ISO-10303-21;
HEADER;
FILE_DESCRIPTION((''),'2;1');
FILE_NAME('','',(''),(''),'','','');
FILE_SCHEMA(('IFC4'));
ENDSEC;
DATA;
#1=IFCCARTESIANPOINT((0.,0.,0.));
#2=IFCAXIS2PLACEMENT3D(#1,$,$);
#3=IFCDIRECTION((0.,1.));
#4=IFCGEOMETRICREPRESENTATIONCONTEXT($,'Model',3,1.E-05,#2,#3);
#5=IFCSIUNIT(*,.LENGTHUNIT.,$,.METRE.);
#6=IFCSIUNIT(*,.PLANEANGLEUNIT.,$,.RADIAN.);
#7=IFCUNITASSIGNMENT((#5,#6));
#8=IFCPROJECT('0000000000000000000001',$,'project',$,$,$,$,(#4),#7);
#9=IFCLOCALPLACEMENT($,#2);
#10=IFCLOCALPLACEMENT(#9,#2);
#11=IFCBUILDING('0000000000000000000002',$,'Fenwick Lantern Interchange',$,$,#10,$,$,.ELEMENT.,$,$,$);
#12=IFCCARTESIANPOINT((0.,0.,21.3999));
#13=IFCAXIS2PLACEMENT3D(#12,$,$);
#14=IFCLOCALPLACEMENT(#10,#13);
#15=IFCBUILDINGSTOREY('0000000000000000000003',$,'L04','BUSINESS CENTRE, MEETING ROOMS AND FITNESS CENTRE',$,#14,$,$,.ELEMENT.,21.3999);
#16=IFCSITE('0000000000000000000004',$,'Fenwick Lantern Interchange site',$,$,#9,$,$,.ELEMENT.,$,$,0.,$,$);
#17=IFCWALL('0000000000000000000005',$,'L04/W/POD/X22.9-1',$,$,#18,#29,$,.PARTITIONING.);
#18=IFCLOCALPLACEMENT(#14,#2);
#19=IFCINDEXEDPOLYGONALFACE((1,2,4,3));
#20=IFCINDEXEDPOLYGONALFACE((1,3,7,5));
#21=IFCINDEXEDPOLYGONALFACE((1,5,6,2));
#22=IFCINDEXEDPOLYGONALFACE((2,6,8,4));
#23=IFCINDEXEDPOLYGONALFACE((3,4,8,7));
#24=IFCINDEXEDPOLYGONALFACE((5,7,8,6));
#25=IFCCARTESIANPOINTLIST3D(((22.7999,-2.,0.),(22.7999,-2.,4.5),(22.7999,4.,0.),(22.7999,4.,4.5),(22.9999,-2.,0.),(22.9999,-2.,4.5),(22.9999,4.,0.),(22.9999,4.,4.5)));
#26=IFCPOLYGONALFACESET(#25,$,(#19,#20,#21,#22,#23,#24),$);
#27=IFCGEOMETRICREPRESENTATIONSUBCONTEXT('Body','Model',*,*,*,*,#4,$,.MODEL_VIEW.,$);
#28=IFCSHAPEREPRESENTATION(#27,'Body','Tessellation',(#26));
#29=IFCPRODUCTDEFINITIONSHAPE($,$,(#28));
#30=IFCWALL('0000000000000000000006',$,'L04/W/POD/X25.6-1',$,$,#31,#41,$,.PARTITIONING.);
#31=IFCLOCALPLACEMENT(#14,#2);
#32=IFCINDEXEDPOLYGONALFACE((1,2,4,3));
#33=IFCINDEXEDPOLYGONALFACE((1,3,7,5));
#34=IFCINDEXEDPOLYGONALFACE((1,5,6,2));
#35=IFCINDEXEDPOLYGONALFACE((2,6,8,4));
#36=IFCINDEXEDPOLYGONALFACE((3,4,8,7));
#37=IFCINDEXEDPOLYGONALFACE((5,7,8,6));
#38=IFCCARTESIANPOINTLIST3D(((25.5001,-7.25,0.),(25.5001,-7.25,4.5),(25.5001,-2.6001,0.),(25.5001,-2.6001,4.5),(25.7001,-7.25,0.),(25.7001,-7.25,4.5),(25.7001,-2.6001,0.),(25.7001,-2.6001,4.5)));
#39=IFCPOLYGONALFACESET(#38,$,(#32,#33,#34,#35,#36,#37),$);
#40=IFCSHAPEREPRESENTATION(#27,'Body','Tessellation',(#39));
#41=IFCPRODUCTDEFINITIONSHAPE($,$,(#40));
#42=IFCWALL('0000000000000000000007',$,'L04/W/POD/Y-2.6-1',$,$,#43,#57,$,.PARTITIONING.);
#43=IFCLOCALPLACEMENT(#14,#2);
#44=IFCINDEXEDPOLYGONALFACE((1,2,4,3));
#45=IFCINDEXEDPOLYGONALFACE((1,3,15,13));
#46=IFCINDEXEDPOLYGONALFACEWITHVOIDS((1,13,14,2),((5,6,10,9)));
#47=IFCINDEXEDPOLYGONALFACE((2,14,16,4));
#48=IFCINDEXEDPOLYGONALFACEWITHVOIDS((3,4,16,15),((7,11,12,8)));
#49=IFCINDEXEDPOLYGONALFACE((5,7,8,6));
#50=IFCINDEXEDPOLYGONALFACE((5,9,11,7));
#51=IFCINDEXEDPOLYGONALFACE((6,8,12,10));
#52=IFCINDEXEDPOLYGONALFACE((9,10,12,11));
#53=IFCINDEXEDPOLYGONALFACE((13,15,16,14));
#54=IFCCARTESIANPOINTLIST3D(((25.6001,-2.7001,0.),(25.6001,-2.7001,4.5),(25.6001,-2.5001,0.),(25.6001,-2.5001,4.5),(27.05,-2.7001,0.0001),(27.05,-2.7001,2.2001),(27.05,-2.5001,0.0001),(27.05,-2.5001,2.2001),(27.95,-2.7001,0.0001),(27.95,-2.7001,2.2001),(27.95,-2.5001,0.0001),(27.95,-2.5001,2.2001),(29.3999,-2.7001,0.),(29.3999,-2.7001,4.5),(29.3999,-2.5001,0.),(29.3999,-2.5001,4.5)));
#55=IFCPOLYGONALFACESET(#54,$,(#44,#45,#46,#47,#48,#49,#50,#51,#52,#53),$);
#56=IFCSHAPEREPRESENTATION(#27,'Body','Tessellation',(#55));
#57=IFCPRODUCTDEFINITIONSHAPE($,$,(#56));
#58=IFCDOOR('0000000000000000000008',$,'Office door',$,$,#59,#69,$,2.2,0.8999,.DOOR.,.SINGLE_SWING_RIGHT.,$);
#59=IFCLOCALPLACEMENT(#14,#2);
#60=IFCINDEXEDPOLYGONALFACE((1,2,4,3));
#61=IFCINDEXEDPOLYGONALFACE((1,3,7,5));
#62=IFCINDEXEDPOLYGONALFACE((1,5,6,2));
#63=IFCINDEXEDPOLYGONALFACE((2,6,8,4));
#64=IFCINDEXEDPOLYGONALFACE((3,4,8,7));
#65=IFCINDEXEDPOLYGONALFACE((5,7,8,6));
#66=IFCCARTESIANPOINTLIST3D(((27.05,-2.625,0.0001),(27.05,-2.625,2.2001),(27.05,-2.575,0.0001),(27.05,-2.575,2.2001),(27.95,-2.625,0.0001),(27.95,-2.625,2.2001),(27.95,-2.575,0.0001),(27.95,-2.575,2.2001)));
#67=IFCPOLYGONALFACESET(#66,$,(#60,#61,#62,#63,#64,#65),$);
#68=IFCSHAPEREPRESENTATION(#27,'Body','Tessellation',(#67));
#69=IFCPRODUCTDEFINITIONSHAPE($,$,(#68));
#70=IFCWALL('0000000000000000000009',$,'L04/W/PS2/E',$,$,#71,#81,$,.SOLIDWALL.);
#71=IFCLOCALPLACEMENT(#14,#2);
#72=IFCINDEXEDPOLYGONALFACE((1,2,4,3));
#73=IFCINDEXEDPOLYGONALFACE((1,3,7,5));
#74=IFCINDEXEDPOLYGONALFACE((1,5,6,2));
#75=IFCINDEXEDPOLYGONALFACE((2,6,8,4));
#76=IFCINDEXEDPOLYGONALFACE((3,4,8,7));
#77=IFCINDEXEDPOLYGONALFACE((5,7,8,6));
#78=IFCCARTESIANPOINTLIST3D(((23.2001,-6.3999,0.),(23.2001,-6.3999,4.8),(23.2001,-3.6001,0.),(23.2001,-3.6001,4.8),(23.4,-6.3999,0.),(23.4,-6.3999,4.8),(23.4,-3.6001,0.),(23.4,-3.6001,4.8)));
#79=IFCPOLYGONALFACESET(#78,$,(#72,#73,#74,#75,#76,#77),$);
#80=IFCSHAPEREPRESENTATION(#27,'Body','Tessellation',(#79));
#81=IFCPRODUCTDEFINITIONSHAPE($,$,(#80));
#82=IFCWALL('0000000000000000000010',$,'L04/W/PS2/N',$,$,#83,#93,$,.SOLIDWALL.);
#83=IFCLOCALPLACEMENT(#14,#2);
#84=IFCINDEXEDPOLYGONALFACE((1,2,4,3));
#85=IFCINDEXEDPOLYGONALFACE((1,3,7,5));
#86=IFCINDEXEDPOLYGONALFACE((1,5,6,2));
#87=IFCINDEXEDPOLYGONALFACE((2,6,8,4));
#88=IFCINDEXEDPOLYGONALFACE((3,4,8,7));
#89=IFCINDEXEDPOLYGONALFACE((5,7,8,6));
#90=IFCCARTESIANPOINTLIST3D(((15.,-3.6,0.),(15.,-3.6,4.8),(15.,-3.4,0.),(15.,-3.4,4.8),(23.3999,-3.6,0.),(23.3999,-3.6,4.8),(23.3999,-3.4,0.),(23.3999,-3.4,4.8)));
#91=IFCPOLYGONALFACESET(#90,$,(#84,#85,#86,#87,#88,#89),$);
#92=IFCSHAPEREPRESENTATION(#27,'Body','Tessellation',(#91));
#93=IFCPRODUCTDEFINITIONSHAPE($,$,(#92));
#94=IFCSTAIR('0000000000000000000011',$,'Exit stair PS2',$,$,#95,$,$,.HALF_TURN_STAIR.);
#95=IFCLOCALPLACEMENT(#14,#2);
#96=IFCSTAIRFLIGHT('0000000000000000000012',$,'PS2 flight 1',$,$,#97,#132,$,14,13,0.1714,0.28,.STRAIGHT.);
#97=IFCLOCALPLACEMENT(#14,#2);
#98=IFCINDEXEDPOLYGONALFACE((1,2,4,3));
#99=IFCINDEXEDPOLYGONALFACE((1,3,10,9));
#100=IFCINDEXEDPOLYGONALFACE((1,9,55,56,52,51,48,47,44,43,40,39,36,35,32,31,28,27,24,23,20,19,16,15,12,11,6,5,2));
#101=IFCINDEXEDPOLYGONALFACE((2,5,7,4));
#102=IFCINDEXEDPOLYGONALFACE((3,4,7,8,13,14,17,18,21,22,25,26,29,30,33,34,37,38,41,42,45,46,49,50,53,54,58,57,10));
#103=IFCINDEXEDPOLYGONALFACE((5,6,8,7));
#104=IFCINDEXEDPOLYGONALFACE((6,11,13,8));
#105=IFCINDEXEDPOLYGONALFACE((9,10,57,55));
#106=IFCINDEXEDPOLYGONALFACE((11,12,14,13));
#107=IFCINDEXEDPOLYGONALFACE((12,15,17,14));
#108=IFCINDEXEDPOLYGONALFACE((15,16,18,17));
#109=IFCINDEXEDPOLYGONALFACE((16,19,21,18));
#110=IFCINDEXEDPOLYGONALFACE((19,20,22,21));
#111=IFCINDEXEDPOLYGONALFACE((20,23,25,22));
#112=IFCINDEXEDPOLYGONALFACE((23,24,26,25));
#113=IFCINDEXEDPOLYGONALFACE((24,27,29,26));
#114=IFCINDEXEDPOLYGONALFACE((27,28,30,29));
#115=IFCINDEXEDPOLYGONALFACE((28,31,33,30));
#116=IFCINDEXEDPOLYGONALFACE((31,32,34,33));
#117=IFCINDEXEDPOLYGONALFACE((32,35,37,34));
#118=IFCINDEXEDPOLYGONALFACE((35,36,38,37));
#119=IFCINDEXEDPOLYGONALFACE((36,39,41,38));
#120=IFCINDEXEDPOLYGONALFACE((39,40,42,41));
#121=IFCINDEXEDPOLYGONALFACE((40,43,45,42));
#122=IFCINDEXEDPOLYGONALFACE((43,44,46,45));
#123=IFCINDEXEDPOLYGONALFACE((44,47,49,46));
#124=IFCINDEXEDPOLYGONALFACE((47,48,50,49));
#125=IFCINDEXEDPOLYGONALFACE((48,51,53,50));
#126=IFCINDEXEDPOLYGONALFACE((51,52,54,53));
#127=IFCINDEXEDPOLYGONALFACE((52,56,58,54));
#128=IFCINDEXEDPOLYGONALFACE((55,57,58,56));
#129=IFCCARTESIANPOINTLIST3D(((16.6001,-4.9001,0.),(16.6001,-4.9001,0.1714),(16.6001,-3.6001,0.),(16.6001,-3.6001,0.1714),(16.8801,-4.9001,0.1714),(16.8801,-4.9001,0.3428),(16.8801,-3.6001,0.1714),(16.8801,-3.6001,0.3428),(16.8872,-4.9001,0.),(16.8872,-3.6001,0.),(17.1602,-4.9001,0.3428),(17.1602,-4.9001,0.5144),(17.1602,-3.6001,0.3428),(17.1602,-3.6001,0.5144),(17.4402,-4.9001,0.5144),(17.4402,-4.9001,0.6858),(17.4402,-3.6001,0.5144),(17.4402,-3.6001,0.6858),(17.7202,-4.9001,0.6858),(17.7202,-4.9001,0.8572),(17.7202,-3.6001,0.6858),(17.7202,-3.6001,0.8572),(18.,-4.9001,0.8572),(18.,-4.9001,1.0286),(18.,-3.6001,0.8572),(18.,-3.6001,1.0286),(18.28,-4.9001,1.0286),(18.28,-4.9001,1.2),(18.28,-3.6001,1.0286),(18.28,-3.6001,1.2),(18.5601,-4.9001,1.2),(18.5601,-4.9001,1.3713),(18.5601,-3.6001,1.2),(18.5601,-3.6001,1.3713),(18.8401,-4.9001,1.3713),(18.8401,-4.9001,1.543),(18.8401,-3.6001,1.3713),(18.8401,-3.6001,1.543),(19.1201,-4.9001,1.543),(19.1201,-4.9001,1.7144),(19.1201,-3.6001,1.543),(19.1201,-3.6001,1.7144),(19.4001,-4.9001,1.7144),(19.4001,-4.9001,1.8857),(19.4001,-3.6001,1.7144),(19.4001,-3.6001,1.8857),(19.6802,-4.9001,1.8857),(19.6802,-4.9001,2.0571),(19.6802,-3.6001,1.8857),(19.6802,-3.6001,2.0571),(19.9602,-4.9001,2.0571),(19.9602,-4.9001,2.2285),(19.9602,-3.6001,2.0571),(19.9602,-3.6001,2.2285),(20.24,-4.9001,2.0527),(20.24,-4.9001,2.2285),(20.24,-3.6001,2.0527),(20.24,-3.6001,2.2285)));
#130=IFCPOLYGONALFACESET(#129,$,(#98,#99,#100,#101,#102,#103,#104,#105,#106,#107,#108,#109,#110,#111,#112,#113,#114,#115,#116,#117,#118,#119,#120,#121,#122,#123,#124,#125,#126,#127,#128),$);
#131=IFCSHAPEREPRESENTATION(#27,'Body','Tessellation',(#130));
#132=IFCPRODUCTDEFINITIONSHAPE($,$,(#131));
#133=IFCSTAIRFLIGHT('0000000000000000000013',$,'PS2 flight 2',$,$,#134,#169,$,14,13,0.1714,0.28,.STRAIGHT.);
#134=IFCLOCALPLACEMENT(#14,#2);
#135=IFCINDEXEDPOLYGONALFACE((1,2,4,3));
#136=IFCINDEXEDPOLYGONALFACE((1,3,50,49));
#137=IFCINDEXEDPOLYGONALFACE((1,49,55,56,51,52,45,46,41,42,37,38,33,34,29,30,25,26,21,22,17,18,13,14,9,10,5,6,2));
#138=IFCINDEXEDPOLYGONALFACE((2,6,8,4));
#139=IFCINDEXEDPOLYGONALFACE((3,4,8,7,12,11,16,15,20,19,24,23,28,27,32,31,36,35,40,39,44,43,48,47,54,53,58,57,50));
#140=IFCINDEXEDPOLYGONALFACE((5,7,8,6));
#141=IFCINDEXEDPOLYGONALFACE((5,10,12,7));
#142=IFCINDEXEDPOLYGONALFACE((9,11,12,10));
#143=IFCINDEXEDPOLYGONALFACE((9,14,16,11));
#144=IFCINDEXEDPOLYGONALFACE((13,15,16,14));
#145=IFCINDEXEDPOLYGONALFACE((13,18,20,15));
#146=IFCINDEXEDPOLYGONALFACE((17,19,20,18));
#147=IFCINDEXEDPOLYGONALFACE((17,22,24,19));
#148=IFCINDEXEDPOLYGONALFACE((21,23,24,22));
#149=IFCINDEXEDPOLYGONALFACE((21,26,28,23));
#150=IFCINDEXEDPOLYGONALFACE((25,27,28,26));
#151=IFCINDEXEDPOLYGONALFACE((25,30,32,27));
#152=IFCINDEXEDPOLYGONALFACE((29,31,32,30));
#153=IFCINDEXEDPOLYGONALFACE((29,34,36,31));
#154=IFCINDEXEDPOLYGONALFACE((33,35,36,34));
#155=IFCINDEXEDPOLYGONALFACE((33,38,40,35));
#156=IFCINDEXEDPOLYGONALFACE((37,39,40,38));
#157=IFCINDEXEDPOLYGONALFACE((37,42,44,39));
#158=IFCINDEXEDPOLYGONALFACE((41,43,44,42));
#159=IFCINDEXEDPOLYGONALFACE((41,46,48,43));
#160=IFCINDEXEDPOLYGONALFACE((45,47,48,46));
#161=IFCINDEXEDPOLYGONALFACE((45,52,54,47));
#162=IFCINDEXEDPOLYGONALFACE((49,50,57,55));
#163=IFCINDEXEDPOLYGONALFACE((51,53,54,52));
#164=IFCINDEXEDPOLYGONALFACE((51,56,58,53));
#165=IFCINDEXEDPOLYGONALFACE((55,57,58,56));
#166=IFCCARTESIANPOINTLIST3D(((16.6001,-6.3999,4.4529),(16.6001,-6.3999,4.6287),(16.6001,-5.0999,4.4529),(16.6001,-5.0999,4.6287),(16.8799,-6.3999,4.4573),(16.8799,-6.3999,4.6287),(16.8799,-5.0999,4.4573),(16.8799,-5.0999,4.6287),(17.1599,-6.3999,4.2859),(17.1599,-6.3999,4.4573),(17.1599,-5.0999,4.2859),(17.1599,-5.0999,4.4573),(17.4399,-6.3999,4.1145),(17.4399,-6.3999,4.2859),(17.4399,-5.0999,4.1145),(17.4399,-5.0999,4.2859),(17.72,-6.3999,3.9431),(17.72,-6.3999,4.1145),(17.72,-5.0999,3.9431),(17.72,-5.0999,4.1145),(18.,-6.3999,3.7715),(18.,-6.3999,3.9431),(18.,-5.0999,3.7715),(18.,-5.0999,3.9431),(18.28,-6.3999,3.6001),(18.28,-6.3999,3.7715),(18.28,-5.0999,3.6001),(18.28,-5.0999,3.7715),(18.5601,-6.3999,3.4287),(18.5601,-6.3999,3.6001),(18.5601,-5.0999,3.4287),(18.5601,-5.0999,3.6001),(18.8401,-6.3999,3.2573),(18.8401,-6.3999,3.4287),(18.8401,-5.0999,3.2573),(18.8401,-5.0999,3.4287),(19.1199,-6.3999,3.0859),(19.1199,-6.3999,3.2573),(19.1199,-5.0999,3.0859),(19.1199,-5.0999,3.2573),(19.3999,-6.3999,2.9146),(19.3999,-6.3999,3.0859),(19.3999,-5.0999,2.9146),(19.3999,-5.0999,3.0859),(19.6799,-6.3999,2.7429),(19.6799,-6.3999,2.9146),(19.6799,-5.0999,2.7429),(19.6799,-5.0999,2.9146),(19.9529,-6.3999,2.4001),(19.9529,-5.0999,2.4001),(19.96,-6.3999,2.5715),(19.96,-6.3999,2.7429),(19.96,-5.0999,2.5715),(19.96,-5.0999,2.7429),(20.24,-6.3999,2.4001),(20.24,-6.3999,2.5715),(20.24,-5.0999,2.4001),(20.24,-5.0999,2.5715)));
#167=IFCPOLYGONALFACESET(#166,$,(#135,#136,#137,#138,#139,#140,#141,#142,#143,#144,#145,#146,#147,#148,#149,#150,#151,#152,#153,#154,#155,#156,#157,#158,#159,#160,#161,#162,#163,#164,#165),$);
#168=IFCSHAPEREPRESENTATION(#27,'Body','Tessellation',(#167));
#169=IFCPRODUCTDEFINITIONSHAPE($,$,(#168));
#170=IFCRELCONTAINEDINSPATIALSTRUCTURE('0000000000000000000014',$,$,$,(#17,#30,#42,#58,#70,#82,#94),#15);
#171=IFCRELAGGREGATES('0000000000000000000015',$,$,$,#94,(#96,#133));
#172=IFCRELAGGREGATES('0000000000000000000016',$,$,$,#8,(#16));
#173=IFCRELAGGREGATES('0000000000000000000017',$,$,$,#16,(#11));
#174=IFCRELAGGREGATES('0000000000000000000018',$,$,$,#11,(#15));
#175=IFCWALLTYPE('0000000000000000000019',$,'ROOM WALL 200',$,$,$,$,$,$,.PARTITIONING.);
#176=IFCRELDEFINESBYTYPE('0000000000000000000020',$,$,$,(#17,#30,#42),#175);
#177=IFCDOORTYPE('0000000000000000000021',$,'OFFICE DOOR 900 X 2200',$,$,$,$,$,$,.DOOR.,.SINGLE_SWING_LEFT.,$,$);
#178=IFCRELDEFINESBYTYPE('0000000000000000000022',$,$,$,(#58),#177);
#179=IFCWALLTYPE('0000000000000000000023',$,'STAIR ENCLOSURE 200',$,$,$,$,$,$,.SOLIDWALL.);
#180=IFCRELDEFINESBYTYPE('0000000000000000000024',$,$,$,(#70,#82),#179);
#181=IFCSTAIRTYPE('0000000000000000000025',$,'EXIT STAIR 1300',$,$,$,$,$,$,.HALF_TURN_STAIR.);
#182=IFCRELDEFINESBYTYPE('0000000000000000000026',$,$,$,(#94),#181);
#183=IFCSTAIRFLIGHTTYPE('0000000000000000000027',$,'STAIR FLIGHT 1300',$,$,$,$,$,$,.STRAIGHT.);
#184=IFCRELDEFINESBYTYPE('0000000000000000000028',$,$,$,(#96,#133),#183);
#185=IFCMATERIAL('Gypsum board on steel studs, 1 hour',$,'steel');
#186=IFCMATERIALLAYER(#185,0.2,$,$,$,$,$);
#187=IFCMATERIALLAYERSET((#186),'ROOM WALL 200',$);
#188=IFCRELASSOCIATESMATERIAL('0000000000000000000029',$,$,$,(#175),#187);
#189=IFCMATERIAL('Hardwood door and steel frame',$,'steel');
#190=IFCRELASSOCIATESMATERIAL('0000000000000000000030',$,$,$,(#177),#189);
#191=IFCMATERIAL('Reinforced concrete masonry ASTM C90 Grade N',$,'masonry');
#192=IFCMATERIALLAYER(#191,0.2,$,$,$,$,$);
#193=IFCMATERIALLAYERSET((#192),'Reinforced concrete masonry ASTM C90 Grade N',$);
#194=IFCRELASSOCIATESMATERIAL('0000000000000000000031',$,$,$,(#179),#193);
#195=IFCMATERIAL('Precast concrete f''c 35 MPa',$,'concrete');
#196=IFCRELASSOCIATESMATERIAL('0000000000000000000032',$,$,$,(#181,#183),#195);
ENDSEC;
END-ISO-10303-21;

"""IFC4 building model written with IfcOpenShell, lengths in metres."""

from ifc_helpers import new_model, si_unit, direction, frame, frame_2d, origin, place, context, subcontext, project, spatial, polyline, rectangle, outline, extrude, material, layer, layer_set, type_object, element, fill, aggregate, save


model = new_model("IFC4")

# Units and contexts
model_context = context("Model", 3, precision=1e-05, world=origin(), true_north=direction((0.0, 1.0)))
body_context = subcontext(model_context, "Body", "Model", "MODEL_VIEW")
ifc_project = project(units=[si_unit("LENGTHUNIT", "METRE"), si_unit("PLANEANGLEUNIT", "RADIAN")], contexts=[model_context])

# Site, building, storey
site_placement = place(None, origin())
site = spatial("IfcSite", under=ifc_project, at=site_placement, Name="Fenwick Lantern Interchange site", CompositionType="ELEMENT", RefElevation=0.0)
building_placement = place(site_placement, origin())
building = spatial("IfcBuilding", under=site, at=building_placement, Name="Fenwick Lantern Interchange", CompositionType="ELEMENT")
storey_placement = place(building_placement, frame((0.0, 0.0, 21.3999)))
storey = spatial("IfcBuildingStorey", under=building, at=storey_placement, Name="L04", Description="BUSINESS CENTRE, MEETING ROOMS AND FITNESS CENTRE", CompositionType="ELEMENT", Elevation=21.3999)

# Walls
ifc_material_1 = material(Name="Gypsum board on steel studs, 1 hour", Category="steel")
ifc_layer_1 = layer(ifc_material_1, 0.2)
ifc_layer_set_1 = layer_set([ifc_layer_1], Name="ROOM WALL 200")
wall_type_1 = type_object("IfcWallType", Name="ROOM WALL 200", PredefinedType="PARTITIONING", material=ifc_layer_set_1)
wall_1_placement = place(storey_placement, frame((22.8999, -2.0, 0.0), z_axis=(0.0, 0.0, 1.0), x_axis=(0.0, 1.0, 0.0)))
element("IfcWall", 1, at=wall_1_placement, inside=storey, type_object=wall_type_1, Name="L04/W/POD/X22.9-1", PredefinedType="PARTITIONING", context=body_context, shape_type="SweptSolid", body=[
    extrude(rectangle(XDim=6.0, YDim=0.2, at=frame_2d((3.0, 0.0))), origin(), (0.0, 0.0, 1.0), 4.5),
])
wall_2_placement = place(storey_placement, frame((25.6001, -7.25, 0.0), z_axis=(0.0, 0.0, 1.0), x_axis=(0.0, 1.0, 0.0)))
element("IfcWall", 2, at=wall_2_placement, inside=storey, type_object=wall_type_1, Name="L04/W/POD/X25.6-1", PredefinedType="PARTITIONING", context=body_context, shape_type="SweptSolid", body=[
    extrude(rectangle(XDim=4.6499, YDim=0.2, at=frame_2d((2.325, 0.0))), origin(), (0.0, 0.0, 1.0), 4.5),
])

# Wall, opening, door
wall_3_placement = place(storey_placement, frame((25.6001, -2.6001, 0.0), z_axis=(0.0, 0.0, 1.0), x_axis=(1.0, 0.0, 0.0)))
wall_3 = element("IfcWall", 3, at=wall_3_placement, inside=storey, type_object=wall_type_1, Name="L04/W/POD/Y-2.6-1", PredefinedType="PARTITIONING", context=body_context, shape_type="SweptSolid", body=[
    extrude(rectangle(XDim=3.7998, YDim=0.2, at=frame_2d((1.8999, 0.0))), origin(), (0.0, 0.0, 1.0), 4.5),
])
opening_placement = place(wall_3_placement, frame((1.45, 0.0, 0.0)))
opening = element("IfcOpeningElement", 4, at=opening_placement, cuts=wall_3, PredefinedType="OPENING", context=body_context, shape_type="SweptSolid", body=[
    extrude(rectangle(XDim=0.8999, YDim=2.2, at=frame_2d((0.45, 1.1001))), frame((0.0, 0.1099, 0.0), z_axis=(0.0, -1.0, 0.0), x_axis=(1.0, 0.0, 0.0)), (0.0, 0.0, 1.0), 0.22),
])
ifc_material_2 = material(Name="Hardwood door and steel frame", Category="steel")
door_type = type_object("IfcDoorType", Name="OFFICE DOOR 900 X 2200", OperationType="SINGLE_SWING_LEFT", PredefinedType="DOOR", material=ifc_material_2)
door_placement = place(opening_placement, frame((0.8999, 0.0, 0.0), z_axis=(0.0, 0.0, 1.0), x_axis=(-1.0, 0.0, 0.0)))
door = element("IfcDoor", 5, at=door_placement, inside=storey, type_object=door_type, Name="Office door", OperationType="SINGLE_SWING_RIGHT", OverallHeight=2.2, OverallWidth=0.8999, PredefinedType="DOOR", context=body_context, shape_type="SweptSolid", body=[
    extrude(rectangle(XDim=0.8999, YDim=2.2, at=frame_2d((0.45, 1.1001))), frame((0.0, 0.0249, 0.0), z_axis=(0.0, -1.0, 0.0), x_axis=(1.0, 0.0, 0.0)), (0.0, 0.0, 1.0), 0.05),
])
fill(opening, door)

# Walls
ifc_material_3 = material(Name="Reinforced concrete masonry ASTM C90 Grade N", Category="masonry")
ifc_layer_2 = layer(ifc_material_3, 0.2)
ifc_layer_set_2 = layer_set([ifc_layer_2], Name="Reinforced concrete masonry ASTM C90 Grade N")
wall_type_2 = type_object("IfcWallType", Name="STAIR ENCLOSURE 200", PredefinedType="SOLIDWALL", material=ifc_layer_set_2)
wall_4_placement = place(storey_placement, frame((23.3, -6.3999, 0.0), z_axis=(0.0, 0.0, 1.0), x_axis=(0.0, 1.0, 0.0)))
element("IfcWall", 6, at=wall_4_placement, inside=storey, type_object=wall_type_2, Name="L04/W/PS2/E", PredefinedType="SOLIDWALL", context=body_context, shape_type="SweptSolid", body=[
    extrude(rectangle(XDim=2.7998, YDim=0.2, at=frame_2d((1.3999, 0.0))), origin(), (0.0, 0.0, 1.0), 4.8),
])
wall_5_placement = place(storey_placement, frame((23.3999, -3.5, 0.0), z_axis=(0.0, 0.0, 1.0), x_axis=(-1.0, 0.0, 0.0)))
element("IfcWall", 7, at=wall_5_placement, inside=storey, type_object=wall_type_2, Name="L04/W/PS2/N", PredefinedType="SOLIDWALL", context=body_context, shape_type="SweptSolid", body=[
    extrude(rectangle(XDim=8.3999, YDim=0.2, at=frame_2d((4.2, 0.0))), origin(), (0.0, 0.0, 1.0), 4.8),
])

# Stair, stair flights
ifc_material_4 = material(Name="Precast concrete f'c 35 MPa", Category="concrete")
stair_type = type_object("IfcStairType", Name="EXIT STAIR 1300", PredefinedType="HALF_TURN_STAIR", material=ifc_material_4)
stair_placement = place(storey_placement, origin())
stair = element("IfcStair", 8, at=stair_placement, inside=storey, type_object=stair_type, Name="Exit stair PS2", PredefinedType="HALF_TURN_STAIR")
stair_flight_type = type_object("IfcStairFlightType", Name="STAIR FLIGHT 1300", PredefinedType="STRAIGHT", material=ifc_material_4)
stair_flight_1_placement = place(storey_placement, frame((16.6001, -4.25, 0.0), z_axis=(0.0, 0.0, 1.0), x_axis=(1.0, 0.0, 0.0)))
stair_flight_1 = element("IfcStairFlight", 9, at=stair_flight_1_placement, type_object=stair_flight_type, Name="PS2 flight 1", NumberOfRisers=14, NumberOfTreads=13, PredefinedType="STRAIGHT", RiserHeight=0.1714, TreadLength=0.28, context=body_context, shape_type="SweptSolid", body=[
    extrude(outline(polyline([(0.0, 0.0), (0.0, 0.1714), (0.28, 0.1714), (0.28, 0.3428), (0.5601, 0.3428), (0.5601, 0.5144), (0.8401, 0.5144), (0.8401, 0.6858), (1.1201, 0.6858), (1.1201, 0.8572), (1.3999, 0.8572), (1.3999, 1.0286), (1.6799, 1.0286), (1.6799, 1.2), (1.96, 1.2), (1.96, 1.3713), (2.24, 1.3713), (2.24, 1.543), (2.52, 1.543), (2.52, 1.7144), (2.8, 1.7144), (2.8, 1.8857), (3.0801, 1.8857), (3.0801, 2.0571), (3.3601, 2.0571), (3.3601, 2.2285), (3.6399, 2.2285), (3.6399, 2.3999), (3.6399, 2.0527), (0.2871, 0.0), (0.0, 0.0)])), frame((0.0, 0.6499, 0.0), z_axis=(0.0, -1.0, 0.0), x_axis=(1.0, 0.0, 0.0)), (0.0, 0.0, 1.0), 1.3),
])
stair_flight_2_placement = place(storey_placement, frame((20.24, -5.75, 2.4001), z_axis=(0.0, 0.0, 1.0), x_axis=(-1.0, 0.0, 0.0)))
stair_flight_2 = element("IfcStairFlight", 10, at=stair_flight_2_placement, type_object=stair_flight_type, Name="PS2 flight 2", NumberOfRisers=14, NumberOfTreads=13, PredefinedType="STRAIGHT", RiserHeight=0.1714, TreadLength=0.28, context=body_context, shape_type="SweptSolid", body=[
    extrude(outline(polyline([(0.0, 0.0), (0.0, 0.1714), (0.28, 0.1714), (0.28, 0.3428), (0.5601, 0.3428), (0.5601, 0.5144), (0.8401, 0.5144), (0.8401, 0.6858), (1.1201, 0.6858), (1.1201, 0.8572), (1.3999, 0.8572), (1.3999, 1.0286), (1.6799, 1.0286), (1.6799, 1.2), (1.96, 1.2), (1.96, 1.3713), (2.24, 1.3713), (2.24, 1.543), (2.52, 1.543), (2.52, 1.7144), (2.8, 1.7144), (2.8, 1.8857), (3.0801, 1.8857), (3.0801, 2.0571), (3.3601, 2.0571), (3.3601, 2.2285), (3.6399, 2.2285), (3.6399, 2.3999), (3.6399, 2.0527), (0.2871, 0.0), (0.0, 0.0)])), frame((0.0, 0.6499, 0.0), z_axis=(0.0, -1.0, 0.0), x_axis=(1.0, 0.0, 0.0)), (0.0, 0.0, 1.0), 1.3),
])
aggregate(stair, [stair_flight_1, stair_flight_2])

save(model, "model.ifc")
